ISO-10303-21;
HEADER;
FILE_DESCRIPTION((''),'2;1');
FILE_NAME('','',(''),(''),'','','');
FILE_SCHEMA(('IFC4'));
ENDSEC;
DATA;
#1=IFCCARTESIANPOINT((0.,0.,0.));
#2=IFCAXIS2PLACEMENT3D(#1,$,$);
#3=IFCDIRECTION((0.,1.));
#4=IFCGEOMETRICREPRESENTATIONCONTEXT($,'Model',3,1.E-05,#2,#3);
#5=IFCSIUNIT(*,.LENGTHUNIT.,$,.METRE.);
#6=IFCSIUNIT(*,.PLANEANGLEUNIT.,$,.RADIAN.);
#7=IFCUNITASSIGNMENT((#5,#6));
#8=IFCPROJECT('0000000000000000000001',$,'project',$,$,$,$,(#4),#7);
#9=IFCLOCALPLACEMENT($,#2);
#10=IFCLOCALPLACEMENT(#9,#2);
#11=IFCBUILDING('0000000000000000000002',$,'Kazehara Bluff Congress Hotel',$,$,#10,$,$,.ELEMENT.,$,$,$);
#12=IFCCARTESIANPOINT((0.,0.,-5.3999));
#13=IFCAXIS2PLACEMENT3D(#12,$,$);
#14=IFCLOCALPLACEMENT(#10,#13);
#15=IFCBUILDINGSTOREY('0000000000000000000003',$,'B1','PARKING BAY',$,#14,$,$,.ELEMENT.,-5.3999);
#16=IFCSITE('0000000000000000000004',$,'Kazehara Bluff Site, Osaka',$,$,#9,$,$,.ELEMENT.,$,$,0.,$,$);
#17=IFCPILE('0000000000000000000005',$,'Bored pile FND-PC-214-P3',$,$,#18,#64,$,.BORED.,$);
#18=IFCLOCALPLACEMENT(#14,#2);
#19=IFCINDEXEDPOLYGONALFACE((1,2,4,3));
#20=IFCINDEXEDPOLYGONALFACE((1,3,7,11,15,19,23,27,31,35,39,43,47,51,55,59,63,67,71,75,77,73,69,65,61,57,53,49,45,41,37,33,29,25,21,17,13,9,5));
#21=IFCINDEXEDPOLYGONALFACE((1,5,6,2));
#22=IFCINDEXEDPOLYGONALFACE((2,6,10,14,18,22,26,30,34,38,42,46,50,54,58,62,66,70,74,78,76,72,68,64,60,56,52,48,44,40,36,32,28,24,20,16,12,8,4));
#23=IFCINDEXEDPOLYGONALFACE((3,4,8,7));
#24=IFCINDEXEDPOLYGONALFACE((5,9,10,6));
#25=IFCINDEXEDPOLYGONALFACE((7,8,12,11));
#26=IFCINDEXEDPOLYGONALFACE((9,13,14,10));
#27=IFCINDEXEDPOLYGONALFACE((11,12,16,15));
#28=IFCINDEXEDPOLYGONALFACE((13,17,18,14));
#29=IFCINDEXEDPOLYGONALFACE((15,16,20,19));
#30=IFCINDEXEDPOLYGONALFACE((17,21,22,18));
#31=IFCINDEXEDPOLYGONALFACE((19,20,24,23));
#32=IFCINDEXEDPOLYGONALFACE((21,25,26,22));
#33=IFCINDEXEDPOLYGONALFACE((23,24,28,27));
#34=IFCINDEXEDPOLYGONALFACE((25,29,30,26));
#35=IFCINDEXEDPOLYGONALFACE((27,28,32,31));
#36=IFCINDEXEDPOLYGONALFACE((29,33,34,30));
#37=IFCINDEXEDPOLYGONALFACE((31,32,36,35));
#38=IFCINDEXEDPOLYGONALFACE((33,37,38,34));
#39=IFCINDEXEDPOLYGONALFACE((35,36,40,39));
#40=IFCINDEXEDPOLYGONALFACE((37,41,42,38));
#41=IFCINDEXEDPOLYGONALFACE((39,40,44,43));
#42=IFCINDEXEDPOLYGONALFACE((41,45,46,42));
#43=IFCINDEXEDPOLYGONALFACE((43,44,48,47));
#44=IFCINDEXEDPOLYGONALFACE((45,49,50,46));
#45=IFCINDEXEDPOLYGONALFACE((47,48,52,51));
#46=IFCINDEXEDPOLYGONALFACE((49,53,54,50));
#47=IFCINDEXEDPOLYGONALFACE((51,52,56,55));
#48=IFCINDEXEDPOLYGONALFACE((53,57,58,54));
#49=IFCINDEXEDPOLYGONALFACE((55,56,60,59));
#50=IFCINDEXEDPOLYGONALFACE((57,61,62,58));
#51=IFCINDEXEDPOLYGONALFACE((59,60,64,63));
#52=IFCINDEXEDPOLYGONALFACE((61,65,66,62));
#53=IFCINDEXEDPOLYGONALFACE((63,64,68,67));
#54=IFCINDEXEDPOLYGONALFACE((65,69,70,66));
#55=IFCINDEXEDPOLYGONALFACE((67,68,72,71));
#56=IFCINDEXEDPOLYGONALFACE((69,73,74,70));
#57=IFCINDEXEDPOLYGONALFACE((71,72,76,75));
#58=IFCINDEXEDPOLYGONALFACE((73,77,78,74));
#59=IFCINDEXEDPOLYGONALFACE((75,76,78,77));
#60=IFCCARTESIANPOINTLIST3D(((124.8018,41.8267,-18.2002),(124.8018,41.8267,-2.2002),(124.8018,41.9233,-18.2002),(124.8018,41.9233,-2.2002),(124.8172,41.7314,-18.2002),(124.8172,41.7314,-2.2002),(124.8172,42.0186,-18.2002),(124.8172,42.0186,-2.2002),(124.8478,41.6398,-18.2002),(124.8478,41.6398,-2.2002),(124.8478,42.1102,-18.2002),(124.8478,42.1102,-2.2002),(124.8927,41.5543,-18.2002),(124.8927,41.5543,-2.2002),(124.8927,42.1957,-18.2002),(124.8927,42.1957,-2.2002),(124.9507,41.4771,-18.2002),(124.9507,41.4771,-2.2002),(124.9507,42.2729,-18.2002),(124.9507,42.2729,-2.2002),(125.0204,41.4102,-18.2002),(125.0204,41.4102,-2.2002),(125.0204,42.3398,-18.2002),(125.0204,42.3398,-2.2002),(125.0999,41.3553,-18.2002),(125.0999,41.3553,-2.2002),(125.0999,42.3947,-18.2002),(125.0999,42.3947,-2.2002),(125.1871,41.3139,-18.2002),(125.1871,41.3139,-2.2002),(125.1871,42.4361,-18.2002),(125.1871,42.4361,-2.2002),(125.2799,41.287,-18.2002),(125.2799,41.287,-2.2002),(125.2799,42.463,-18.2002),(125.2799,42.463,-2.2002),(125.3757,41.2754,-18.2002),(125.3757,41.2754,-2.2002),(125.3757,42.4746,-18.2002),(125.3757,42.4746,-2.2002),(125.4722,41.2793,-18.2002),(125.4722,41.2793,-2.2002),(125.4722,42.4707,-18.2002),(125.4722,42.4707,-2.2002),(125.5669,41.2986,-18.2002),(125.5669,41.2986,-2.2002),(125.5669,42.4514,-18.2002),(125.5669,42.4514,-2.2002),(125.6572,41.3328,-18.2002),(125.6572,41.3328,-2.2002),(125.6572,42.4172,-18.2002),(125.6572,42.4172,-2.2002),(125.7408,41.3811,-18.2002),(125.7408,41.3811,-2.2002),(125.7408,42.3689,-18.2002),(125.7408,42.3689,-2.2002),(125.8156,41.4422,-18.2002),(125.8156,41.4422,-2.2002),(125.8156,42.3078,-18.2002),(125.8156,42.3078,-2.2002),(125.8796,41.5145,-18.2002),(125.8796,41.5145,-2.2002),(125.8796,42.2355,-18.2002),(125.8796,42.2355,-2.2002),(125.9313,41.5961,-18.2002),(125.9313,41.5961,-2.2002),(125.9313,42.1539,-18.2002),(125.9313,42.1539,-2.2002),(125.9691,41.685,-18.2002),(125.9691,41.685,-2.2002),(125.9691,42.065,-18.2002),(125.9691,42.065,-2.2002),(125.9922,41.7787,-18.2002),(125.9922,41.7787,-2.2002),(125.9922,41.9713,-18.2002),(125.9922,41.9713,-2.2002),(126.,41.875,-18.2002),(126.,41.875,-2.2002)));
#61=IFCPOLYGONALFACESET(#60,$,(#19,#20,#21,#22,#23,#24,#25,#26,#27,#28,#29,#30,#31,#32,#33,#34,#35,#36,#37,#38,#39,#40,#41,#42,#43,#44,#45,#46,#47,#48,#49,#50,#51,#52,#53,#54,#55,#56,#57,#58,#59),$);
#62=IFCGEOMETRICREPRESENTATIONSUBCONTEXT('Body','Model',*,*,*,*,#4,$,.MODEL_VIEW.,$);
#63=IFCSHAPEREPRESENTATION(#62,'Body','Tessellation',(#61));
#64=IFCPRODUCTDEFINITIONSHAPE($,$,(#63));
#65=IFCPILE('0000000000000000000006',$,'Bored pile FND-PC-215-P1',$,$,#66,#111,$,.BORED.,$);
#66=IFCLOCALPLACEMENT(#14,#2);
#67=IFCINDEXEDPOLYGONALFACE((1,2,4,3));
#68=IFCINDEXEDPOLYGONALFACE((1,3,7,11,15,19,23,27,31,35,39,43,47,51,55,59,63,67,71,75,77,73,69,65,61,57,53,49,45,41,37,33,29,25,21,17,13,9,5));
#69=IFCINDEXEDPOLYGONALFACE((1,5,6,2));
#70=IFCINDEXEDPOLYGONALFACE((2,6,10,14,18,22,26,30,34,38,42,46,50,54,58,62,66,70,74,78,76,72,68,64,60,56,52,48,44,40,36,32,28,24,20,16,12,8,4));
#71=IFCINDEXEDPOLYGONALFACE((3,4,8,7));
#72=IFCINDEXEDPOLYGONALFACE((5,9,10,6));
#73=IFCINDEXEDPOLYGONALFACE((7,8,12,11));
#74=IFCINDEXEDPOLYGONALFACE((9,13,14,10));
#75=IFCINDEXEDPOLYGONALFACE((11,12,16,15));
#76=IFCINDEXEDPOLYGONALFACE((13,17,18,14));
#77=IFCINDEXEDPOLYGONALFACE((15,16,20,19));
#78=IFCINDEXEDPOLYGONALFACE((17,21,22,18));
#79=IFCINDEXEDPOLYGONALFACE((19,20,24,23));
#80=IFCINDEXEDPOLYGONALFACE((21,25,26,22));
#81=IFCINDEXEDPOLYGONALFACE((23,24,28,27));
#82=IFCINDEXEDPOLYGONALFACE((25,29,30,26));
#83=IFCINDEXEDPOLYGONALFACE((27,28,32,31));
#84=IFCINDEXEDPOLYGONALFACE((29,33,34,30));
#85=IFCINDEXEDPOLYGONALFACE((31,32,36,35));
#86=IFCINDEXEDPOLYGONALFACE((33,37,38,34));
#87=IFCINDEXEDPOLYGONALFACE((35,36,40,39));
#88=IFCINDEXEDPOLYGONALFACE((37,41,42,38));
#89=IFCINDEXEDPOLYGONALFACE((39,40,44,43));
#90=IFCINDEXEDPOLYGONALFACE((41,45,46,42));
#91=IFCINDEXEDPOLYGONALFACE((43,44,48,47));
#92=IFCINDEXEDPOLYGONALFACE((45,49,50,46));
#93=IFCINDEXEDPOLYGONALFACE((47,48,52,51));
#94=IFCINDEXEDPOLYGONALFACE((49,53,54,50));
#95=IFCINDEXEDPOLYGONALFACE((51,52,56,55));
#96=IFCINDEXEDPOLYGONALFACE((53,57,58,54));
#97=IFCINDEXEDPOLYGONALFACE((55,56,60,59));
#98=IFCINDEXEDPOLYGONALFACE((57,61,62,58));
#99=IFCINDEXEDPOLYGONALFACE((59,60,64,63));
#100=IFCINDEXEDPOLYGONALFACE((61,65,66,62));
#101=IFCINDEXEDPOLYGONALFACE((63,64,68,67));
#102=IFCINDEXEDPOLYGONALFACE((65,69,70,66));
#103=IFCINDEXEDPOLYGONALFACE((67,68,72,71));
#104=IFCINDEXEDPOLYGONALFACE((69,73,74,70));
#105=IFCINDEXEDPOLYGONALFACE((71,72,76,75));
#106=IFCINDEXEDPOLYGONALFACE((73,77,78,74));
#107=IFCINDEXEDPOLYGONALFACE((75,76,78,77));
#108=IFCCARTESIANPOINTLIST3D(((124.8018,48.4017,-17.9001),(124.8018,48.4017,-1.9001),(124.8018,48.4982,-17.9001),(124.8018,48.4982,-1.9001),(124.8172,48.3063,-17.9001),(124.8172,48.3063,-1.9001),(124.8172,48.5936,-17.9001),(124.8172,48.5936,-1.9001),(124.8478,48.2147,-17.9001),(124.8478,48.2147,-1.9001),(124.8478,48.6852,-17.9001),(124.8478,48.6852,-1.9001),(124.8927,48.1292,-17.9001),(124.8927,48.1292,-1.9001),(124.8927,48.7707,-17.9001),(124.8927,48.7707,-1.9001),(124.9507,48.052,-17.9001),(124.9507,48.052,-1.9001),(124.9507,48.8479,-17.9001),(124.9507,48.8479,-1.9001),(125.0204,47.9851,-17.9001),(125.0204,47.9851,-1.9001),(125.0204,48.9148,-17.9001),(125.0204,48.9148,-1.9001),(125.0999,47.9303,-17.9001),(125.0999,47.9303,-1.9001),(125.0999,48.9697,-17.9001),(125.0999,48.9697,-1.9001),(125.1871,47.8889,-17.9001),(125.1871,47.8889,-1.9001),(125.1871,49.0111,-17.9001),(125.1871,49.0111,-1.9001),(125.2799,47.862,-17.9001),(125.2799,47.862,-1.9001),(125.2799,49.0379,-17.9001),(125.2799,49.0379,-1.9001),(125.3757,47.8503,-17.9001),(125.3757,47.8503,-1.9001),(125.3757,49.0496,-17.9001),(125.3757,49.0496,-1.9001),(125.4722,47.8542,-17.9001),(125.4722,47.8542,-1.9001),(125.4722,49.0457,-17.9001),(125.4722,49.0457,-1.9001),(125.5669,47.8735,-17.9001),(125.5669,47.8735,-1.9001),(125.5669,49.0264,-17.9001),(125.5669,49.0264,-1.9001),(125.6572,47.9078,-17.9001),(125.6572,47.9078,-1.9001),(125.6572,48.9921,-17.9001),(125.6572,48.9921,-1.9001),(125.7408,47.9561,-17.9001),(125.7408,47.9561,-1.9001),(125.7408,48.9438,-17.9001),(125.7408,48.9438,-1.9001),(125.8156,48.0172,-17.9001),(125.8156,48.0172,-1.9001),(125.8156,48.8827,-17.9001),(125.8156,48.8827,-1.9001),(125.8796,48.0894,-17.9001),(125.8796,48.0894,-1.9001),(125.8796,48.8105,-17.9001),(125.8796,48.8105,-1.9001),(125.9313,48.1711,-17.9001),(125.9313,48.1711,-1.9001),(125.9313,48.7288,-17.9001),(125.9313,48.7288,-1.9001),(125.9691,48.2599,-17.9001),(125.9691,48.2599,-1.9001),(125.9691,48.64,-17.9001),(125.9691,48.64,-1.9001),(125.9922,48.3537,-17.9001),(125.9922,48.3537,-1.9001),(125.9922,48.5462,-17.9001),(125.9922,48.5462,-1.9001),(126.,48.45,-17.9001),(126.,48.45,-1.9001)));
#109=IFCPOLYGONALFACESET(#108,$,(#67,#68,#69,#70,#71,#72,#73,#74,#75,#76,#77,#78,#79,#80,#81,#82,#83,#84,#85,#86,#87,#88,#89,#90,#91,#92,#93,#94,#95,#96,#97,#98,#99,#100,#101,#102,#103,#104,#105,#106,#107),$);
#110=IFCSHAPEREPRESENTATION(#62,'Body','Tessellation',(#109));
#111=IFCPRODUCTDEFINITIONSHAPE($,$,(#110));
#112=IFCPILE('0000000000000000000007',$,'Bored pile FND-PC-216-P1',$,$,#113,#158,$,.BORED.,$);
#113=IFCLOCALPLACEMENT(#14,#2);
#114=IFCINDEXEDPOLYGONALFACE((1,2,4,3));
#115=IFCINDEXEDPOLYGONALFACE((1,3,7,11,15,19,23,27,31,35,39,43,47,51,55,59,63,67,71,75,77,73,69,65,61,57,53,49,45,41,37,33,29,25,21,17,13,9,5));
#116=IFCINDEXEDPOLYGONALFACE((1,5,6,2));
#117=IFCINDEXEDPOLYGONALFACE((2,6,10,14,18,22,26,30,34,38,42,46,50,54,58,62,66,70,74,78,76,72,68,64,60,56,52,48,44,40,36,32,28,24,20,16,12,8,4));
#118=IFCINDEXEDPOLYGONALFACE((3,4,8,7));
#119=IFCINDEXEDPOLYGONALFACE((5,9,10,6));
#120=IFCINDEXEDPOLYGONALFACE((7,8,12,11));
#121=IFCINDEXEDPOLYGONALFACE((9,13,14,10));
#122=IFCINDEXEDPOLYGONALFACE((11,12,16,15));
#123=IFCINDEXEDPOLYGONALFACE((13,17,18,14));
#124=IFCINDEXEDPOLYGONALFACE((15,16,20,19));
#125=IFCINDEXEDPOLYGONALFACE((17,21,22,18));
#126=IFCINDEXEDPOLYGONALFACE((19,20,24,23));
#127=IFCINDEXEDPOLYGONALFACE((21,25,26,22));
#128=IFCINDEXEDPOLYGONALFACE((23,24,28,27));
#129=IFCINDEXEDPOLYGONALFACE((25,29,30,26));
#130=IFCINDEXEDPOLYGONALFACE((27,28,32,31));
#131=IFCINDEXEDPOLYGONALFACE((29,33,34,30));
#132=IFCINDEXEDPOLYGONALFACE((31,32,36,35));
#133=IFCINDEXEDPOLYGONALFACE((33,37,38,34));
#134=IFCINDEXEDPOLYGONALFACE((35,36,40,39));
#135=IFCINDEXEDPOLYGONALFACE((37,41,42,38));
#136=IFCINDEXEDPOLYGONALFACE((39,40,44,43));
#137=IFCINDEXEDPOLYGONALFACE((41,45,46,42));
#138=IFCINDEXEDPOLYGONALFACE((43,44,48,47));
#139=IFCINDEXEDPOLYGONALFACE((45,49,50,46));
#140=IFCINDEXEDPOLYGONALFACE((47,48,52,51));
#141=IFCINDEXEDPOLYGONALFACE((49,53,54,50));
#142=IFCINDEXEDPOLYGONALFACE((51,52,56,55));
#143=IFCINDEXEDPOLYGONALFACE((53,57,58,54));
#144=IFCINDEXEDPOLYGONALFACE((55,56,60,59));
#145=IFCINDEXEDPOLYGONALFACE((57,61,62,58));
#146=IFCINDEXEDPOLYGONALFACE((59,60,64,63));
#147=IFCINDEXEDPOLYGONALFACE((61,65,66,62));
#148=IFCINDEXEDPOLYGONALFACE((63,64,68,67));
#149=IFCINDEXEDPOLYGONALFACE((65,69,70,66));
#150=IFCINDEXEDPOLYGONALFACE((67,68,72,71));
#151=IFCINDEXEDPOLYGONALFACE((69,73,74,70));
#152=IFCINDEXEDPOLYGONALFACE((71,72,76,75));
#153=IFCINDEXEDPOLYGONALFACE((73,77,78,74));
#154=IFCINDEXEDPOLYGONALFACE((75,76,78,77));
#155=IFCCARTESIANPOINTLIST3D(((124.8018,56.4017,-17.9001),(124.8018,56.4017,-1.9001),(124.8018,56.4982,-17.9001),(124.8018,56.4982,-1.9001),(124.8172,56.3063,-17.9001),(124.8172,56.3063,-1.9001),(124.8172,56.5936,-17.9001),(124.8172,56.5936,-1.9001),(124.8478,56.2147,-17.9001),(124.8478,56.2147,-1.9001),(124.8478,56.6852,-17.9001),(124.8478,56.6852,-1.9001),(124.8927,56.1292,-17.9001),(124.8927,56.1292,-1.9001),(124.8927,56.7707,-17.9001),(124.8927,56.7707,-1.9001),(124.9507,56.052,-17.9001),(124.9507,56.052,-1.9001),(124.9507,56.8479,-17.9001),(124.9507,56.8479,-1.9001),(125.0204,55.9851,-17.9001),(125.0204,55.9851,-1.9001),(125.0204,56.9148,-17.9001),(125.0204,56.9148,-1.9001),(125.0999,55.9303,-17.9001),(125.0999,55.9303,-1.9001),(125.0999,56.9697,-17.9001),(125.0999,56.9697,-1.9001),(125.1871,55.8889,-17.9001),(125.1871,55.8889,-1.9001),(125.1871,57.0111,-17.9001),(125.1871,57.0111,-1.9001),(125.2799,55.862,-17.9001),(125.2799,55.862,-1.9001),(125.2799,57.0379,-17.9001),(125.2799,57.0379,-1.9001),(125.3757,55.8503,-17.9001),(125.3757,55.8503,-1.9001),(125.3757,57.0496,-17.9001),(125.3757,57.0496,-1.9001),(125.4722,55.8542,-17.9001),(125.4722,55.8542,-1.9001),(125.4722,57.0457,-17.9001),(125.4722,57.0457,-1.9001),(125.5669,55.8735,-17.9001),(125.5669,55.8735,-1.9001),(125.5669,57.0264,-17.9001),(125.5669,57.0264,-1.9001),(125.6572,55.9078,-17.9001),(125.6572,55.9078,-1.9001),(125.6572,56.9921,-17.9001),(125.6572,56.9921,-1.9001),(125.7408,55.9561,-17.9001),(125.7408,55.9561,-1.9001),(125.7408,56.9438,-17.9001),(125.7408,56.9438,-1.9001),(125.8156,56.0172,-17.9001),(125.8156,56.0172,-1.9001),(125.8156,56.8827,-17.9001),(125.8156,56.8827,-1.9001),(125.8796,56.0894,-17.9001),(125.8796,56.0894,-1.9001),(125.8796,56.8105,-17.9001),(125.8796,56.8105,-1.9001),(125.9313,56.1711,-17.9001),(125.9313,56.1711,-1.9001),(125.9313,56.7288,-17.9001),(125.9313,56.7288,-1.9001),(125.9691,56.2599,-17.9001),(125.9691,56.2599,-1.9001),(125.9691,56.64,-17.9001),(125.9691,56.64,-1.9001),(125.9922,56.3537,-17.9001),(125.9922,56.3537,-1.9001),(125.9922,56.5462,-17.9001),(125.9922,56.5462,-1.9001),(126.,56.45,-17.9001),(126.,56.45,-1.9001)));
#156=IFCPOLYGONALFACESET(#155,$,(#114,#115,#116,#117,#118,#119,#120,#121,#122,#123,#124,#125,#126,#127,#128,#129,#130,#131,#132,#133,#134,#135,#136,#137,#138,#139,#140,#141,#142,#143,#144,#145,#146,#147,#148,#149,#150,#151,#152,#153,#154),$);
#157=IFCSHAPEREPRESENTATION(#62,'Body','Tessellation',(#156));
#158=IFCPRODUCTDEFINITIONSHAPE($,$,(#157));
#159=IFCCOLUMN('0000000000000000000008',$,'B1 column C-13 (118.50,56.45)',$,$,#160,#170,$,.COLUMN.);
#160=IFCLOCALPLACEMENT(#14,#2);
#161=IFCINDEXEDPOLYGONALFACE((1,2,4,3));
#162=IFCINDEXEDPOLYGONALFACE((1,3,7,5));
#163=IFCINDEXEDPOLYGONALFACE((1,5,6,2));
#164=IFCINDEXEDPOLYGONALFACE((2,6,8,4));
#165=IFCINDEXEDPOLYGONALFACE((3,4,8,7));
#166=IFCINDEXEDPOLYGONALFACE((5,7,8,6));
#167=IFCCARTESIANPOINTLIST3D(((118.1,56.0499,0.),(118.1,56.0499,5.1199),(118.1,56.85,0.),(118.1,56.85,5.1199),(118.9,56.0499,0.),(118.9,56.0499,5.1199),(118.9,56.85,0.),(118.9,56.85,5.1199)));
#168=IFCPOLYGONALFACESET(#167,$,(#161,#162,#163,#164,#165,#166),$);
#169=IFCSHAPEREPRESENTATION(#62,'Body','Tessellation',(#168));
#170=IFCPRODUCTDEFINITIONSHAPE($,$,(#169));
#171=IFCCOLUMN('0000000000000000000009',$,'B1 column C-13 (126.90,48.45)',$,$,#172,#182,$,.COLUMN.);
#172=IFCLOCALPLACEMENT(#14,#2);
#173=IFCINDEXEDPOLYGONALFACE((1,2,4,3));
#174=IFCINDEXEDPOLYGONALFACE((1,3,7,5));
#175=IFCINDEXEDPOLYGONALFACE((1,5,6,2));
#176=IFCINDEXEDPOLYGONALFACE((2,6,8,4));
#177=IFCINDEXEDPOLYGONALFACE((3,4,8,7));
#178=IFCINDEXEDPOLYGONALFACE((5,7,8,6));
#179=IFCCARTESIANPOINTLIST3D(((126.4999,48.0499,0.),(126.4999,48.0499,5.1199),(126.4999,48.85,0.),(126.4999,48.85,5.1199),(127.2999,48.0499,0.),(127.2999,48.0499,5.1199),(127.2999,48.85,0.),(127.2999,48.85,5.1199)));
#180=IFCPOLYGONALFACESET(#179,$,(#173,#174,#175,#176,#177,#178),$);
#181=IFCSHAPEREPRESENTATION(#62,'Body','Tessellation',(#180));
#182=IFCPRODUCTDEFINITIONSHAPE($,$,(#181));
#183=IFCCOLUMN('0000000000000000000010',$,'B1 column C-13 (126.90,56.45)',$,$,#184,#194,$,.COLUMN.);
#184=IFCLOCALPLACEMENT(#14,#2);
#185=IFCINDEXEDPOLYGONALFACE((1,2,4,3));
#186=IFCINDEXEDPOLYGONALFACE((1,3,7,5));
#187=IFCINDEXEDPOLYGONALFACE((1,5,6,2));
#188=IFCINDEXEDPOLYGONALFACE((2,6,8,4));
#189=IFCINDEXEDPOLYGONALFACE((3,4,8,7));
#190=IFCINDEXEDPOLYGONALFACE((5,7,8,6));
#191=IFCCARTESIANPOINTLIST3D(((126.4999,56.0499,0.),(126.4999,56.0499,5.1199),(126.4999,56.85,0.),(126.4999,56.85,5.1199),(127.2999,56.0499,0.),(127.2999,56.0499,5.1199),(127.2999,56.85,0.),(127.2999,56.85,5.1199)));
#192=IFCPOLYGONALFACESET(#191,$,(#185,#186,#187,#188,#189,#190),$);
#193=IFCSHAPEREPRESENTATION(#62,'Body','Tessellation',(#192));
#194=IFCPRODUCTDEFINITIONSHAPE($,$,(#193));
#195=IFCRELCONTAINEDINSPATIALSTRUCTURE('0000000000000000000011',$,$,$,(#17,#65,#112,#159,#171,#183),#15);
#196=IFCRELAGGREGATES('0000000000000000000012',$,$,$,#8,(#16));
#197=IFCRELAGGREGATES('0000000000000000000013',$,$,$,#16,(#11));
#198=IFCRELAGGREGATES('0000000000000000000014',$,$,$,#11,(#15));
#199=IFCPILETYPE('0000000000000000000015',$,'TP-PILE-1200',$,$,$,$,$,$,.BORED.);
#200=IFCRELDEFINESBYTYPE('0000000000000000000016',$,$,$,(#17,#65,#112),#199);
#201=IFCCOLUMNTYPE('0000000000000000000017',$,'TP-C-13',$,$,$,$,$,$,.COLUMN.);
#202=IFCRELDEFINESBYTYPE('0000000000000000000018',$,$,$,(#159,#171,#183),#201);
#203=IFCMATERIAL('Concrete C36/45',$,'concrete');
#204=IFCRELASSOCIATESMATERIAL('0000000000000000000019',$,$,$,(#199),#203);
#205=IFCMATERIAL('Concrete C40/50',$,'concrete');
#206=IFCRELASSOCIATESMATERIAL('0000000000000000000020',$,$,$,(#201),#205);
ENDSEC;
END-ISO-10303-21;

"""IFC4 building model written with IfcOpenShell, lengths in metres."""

from ifc_helpers import new_model, si_unit, direction, frame, origin, origin_2d, place, context, subcontext, project, spatial, rectangle, circle, extrude, material, material_profile, profile_set, type_object, element, save


model = new_model("IFC4")

# Units and contexts
model_context = context("Model", 3, precision=1e-05, world=origin(), true_north=direction((0.0, 1.0)))
body_context = subcontext(model_context, "Body", "Model", "MODEL_VIEW")
ifc_project = project(units=[si_unit("LENGTHUNIT", "METRE"), si_unit("PLANEANGLEUNIT", "RADIAN")], contexts=[model_context])

# Site, building, storey
site_placement = place(None, origin())
site = spatial("IfcSite", under=ifc_project, at=site_placement, Name="Kazehara Bluff Site, Osaka", CompositionType="ELEMENT", RefElevation=0.0)
building_placement = place(site_placement, origin())
building = spatial("IfcBuilding", under=site, at=building_placement, Name="Kazehara Bluff Congress Hotel", CompositionType="ELEMENT")
storey_placement = place(building_placement, frame((0.0, 0.0, -5.3999)))
storey = spatial("IfcBuildingStorey", under=building, at=storey_placement, Name="B1", Description="PARKING BAY", CompositionType="ELEMENT", Elevation=-5.3999)

# Piles
ifc_material_1 = material(Name="Concrete C36/45", Category="concrete")
ifc_material_profile_1 = material_profile(ifc_material_1, circle(Radius=0.6001, at=origin_2d()))
ifc_profile_set_1 = profile_set([ifc_material_profile_1], Name="Concrete C36/45")
pile_type = type_object("IfcPileType", Name="TP-PILE-1200", PredefinedType="BORED", material=ifc_profile_set_1)
for number, where, z_axis, x_axis, name in (
    (1, (125.3999, 41.875, -2.2002), (0.0, 0.0, -1.0), (1.0, 0.0, 0.0), "Bored pile FND-PC-214-P3"),
    (2, (125.3999, 48.45, -1.9001), (0.0, 0.0, -1.0), (1.0, 0.0, 0.0), "Bored pile FND-PC-215-P1"),
    (3, (125.3999, 56.45, -1.9001), (0.0, 0.0, -1.0), (1.0, 0.0, 0.0), "Bored pile FND-PC-216-P1"),
):
    element("IfcPile", number, at=place(storey_placement, frame(where, z_axis=z_axis, x_axis=x_axis)), inside=storey, type_object=pile_type, Name=name, PredefinedType="BORED", context=body_context, shape_type="SweptSolid", body=[
        extrude(circle(Radius=0.6001, at=origin_2d()), origin(), (0.0, 0.0, 1.0), 16.0),
    ])

# Columns
ifc_material_2 = material(Name="Concrete C40/50", Category="concrete")
ifc_material_profile_2 = material_profile(ifc_material_2, rectangle(XDim=0.8, YDim=0.8, at=origin_2d()))
ifc_profile_set_2 = profile_set([ifc_material_profile_2], Name="Concrete C40/50")
column_type = type_object("IfcColumnType", Name="TP-C-13", PredefinedType="COLUMN", material=ifc_profile_set_2)
for number, where, z_axis, x_axis, name in (
    (4, (118.5, 56.45, 0.0), (0.0, 0.0, 1.0), (1.0, 0.0, 0.0), "B1 column C-13 (118.50,56.45)"),
    (5, (126.8999, 48.45, 0.0), (0.0, 0.0, 1.0), (1.0, 0.0, 0.0), "B1 column C-13 (126.90,48.45)"),
    (6, (126.8999, 56.45, 0.0), (0.0, 0.0, 1.0), (1.0, 0.0, 0.0), "B1 column C-13 (126.90,56.45)"),
):
    element("IfcColumn", number, at=place(storey_placement, frame(where, z_axis=z_axis, x_axis=x_axis)), inside=storey, type_object=column_type, Name=name, PredefinedType="COLUMN", context=body_context, shape_type="SweptSolid", body=[
        extrude(rectangle(XDim=0.8, YDim=0.8, at=origin_2d()), origin(), (0.0, 0.0, 1.0), 5.1199),
    ])

save(model, "model.ifc")
